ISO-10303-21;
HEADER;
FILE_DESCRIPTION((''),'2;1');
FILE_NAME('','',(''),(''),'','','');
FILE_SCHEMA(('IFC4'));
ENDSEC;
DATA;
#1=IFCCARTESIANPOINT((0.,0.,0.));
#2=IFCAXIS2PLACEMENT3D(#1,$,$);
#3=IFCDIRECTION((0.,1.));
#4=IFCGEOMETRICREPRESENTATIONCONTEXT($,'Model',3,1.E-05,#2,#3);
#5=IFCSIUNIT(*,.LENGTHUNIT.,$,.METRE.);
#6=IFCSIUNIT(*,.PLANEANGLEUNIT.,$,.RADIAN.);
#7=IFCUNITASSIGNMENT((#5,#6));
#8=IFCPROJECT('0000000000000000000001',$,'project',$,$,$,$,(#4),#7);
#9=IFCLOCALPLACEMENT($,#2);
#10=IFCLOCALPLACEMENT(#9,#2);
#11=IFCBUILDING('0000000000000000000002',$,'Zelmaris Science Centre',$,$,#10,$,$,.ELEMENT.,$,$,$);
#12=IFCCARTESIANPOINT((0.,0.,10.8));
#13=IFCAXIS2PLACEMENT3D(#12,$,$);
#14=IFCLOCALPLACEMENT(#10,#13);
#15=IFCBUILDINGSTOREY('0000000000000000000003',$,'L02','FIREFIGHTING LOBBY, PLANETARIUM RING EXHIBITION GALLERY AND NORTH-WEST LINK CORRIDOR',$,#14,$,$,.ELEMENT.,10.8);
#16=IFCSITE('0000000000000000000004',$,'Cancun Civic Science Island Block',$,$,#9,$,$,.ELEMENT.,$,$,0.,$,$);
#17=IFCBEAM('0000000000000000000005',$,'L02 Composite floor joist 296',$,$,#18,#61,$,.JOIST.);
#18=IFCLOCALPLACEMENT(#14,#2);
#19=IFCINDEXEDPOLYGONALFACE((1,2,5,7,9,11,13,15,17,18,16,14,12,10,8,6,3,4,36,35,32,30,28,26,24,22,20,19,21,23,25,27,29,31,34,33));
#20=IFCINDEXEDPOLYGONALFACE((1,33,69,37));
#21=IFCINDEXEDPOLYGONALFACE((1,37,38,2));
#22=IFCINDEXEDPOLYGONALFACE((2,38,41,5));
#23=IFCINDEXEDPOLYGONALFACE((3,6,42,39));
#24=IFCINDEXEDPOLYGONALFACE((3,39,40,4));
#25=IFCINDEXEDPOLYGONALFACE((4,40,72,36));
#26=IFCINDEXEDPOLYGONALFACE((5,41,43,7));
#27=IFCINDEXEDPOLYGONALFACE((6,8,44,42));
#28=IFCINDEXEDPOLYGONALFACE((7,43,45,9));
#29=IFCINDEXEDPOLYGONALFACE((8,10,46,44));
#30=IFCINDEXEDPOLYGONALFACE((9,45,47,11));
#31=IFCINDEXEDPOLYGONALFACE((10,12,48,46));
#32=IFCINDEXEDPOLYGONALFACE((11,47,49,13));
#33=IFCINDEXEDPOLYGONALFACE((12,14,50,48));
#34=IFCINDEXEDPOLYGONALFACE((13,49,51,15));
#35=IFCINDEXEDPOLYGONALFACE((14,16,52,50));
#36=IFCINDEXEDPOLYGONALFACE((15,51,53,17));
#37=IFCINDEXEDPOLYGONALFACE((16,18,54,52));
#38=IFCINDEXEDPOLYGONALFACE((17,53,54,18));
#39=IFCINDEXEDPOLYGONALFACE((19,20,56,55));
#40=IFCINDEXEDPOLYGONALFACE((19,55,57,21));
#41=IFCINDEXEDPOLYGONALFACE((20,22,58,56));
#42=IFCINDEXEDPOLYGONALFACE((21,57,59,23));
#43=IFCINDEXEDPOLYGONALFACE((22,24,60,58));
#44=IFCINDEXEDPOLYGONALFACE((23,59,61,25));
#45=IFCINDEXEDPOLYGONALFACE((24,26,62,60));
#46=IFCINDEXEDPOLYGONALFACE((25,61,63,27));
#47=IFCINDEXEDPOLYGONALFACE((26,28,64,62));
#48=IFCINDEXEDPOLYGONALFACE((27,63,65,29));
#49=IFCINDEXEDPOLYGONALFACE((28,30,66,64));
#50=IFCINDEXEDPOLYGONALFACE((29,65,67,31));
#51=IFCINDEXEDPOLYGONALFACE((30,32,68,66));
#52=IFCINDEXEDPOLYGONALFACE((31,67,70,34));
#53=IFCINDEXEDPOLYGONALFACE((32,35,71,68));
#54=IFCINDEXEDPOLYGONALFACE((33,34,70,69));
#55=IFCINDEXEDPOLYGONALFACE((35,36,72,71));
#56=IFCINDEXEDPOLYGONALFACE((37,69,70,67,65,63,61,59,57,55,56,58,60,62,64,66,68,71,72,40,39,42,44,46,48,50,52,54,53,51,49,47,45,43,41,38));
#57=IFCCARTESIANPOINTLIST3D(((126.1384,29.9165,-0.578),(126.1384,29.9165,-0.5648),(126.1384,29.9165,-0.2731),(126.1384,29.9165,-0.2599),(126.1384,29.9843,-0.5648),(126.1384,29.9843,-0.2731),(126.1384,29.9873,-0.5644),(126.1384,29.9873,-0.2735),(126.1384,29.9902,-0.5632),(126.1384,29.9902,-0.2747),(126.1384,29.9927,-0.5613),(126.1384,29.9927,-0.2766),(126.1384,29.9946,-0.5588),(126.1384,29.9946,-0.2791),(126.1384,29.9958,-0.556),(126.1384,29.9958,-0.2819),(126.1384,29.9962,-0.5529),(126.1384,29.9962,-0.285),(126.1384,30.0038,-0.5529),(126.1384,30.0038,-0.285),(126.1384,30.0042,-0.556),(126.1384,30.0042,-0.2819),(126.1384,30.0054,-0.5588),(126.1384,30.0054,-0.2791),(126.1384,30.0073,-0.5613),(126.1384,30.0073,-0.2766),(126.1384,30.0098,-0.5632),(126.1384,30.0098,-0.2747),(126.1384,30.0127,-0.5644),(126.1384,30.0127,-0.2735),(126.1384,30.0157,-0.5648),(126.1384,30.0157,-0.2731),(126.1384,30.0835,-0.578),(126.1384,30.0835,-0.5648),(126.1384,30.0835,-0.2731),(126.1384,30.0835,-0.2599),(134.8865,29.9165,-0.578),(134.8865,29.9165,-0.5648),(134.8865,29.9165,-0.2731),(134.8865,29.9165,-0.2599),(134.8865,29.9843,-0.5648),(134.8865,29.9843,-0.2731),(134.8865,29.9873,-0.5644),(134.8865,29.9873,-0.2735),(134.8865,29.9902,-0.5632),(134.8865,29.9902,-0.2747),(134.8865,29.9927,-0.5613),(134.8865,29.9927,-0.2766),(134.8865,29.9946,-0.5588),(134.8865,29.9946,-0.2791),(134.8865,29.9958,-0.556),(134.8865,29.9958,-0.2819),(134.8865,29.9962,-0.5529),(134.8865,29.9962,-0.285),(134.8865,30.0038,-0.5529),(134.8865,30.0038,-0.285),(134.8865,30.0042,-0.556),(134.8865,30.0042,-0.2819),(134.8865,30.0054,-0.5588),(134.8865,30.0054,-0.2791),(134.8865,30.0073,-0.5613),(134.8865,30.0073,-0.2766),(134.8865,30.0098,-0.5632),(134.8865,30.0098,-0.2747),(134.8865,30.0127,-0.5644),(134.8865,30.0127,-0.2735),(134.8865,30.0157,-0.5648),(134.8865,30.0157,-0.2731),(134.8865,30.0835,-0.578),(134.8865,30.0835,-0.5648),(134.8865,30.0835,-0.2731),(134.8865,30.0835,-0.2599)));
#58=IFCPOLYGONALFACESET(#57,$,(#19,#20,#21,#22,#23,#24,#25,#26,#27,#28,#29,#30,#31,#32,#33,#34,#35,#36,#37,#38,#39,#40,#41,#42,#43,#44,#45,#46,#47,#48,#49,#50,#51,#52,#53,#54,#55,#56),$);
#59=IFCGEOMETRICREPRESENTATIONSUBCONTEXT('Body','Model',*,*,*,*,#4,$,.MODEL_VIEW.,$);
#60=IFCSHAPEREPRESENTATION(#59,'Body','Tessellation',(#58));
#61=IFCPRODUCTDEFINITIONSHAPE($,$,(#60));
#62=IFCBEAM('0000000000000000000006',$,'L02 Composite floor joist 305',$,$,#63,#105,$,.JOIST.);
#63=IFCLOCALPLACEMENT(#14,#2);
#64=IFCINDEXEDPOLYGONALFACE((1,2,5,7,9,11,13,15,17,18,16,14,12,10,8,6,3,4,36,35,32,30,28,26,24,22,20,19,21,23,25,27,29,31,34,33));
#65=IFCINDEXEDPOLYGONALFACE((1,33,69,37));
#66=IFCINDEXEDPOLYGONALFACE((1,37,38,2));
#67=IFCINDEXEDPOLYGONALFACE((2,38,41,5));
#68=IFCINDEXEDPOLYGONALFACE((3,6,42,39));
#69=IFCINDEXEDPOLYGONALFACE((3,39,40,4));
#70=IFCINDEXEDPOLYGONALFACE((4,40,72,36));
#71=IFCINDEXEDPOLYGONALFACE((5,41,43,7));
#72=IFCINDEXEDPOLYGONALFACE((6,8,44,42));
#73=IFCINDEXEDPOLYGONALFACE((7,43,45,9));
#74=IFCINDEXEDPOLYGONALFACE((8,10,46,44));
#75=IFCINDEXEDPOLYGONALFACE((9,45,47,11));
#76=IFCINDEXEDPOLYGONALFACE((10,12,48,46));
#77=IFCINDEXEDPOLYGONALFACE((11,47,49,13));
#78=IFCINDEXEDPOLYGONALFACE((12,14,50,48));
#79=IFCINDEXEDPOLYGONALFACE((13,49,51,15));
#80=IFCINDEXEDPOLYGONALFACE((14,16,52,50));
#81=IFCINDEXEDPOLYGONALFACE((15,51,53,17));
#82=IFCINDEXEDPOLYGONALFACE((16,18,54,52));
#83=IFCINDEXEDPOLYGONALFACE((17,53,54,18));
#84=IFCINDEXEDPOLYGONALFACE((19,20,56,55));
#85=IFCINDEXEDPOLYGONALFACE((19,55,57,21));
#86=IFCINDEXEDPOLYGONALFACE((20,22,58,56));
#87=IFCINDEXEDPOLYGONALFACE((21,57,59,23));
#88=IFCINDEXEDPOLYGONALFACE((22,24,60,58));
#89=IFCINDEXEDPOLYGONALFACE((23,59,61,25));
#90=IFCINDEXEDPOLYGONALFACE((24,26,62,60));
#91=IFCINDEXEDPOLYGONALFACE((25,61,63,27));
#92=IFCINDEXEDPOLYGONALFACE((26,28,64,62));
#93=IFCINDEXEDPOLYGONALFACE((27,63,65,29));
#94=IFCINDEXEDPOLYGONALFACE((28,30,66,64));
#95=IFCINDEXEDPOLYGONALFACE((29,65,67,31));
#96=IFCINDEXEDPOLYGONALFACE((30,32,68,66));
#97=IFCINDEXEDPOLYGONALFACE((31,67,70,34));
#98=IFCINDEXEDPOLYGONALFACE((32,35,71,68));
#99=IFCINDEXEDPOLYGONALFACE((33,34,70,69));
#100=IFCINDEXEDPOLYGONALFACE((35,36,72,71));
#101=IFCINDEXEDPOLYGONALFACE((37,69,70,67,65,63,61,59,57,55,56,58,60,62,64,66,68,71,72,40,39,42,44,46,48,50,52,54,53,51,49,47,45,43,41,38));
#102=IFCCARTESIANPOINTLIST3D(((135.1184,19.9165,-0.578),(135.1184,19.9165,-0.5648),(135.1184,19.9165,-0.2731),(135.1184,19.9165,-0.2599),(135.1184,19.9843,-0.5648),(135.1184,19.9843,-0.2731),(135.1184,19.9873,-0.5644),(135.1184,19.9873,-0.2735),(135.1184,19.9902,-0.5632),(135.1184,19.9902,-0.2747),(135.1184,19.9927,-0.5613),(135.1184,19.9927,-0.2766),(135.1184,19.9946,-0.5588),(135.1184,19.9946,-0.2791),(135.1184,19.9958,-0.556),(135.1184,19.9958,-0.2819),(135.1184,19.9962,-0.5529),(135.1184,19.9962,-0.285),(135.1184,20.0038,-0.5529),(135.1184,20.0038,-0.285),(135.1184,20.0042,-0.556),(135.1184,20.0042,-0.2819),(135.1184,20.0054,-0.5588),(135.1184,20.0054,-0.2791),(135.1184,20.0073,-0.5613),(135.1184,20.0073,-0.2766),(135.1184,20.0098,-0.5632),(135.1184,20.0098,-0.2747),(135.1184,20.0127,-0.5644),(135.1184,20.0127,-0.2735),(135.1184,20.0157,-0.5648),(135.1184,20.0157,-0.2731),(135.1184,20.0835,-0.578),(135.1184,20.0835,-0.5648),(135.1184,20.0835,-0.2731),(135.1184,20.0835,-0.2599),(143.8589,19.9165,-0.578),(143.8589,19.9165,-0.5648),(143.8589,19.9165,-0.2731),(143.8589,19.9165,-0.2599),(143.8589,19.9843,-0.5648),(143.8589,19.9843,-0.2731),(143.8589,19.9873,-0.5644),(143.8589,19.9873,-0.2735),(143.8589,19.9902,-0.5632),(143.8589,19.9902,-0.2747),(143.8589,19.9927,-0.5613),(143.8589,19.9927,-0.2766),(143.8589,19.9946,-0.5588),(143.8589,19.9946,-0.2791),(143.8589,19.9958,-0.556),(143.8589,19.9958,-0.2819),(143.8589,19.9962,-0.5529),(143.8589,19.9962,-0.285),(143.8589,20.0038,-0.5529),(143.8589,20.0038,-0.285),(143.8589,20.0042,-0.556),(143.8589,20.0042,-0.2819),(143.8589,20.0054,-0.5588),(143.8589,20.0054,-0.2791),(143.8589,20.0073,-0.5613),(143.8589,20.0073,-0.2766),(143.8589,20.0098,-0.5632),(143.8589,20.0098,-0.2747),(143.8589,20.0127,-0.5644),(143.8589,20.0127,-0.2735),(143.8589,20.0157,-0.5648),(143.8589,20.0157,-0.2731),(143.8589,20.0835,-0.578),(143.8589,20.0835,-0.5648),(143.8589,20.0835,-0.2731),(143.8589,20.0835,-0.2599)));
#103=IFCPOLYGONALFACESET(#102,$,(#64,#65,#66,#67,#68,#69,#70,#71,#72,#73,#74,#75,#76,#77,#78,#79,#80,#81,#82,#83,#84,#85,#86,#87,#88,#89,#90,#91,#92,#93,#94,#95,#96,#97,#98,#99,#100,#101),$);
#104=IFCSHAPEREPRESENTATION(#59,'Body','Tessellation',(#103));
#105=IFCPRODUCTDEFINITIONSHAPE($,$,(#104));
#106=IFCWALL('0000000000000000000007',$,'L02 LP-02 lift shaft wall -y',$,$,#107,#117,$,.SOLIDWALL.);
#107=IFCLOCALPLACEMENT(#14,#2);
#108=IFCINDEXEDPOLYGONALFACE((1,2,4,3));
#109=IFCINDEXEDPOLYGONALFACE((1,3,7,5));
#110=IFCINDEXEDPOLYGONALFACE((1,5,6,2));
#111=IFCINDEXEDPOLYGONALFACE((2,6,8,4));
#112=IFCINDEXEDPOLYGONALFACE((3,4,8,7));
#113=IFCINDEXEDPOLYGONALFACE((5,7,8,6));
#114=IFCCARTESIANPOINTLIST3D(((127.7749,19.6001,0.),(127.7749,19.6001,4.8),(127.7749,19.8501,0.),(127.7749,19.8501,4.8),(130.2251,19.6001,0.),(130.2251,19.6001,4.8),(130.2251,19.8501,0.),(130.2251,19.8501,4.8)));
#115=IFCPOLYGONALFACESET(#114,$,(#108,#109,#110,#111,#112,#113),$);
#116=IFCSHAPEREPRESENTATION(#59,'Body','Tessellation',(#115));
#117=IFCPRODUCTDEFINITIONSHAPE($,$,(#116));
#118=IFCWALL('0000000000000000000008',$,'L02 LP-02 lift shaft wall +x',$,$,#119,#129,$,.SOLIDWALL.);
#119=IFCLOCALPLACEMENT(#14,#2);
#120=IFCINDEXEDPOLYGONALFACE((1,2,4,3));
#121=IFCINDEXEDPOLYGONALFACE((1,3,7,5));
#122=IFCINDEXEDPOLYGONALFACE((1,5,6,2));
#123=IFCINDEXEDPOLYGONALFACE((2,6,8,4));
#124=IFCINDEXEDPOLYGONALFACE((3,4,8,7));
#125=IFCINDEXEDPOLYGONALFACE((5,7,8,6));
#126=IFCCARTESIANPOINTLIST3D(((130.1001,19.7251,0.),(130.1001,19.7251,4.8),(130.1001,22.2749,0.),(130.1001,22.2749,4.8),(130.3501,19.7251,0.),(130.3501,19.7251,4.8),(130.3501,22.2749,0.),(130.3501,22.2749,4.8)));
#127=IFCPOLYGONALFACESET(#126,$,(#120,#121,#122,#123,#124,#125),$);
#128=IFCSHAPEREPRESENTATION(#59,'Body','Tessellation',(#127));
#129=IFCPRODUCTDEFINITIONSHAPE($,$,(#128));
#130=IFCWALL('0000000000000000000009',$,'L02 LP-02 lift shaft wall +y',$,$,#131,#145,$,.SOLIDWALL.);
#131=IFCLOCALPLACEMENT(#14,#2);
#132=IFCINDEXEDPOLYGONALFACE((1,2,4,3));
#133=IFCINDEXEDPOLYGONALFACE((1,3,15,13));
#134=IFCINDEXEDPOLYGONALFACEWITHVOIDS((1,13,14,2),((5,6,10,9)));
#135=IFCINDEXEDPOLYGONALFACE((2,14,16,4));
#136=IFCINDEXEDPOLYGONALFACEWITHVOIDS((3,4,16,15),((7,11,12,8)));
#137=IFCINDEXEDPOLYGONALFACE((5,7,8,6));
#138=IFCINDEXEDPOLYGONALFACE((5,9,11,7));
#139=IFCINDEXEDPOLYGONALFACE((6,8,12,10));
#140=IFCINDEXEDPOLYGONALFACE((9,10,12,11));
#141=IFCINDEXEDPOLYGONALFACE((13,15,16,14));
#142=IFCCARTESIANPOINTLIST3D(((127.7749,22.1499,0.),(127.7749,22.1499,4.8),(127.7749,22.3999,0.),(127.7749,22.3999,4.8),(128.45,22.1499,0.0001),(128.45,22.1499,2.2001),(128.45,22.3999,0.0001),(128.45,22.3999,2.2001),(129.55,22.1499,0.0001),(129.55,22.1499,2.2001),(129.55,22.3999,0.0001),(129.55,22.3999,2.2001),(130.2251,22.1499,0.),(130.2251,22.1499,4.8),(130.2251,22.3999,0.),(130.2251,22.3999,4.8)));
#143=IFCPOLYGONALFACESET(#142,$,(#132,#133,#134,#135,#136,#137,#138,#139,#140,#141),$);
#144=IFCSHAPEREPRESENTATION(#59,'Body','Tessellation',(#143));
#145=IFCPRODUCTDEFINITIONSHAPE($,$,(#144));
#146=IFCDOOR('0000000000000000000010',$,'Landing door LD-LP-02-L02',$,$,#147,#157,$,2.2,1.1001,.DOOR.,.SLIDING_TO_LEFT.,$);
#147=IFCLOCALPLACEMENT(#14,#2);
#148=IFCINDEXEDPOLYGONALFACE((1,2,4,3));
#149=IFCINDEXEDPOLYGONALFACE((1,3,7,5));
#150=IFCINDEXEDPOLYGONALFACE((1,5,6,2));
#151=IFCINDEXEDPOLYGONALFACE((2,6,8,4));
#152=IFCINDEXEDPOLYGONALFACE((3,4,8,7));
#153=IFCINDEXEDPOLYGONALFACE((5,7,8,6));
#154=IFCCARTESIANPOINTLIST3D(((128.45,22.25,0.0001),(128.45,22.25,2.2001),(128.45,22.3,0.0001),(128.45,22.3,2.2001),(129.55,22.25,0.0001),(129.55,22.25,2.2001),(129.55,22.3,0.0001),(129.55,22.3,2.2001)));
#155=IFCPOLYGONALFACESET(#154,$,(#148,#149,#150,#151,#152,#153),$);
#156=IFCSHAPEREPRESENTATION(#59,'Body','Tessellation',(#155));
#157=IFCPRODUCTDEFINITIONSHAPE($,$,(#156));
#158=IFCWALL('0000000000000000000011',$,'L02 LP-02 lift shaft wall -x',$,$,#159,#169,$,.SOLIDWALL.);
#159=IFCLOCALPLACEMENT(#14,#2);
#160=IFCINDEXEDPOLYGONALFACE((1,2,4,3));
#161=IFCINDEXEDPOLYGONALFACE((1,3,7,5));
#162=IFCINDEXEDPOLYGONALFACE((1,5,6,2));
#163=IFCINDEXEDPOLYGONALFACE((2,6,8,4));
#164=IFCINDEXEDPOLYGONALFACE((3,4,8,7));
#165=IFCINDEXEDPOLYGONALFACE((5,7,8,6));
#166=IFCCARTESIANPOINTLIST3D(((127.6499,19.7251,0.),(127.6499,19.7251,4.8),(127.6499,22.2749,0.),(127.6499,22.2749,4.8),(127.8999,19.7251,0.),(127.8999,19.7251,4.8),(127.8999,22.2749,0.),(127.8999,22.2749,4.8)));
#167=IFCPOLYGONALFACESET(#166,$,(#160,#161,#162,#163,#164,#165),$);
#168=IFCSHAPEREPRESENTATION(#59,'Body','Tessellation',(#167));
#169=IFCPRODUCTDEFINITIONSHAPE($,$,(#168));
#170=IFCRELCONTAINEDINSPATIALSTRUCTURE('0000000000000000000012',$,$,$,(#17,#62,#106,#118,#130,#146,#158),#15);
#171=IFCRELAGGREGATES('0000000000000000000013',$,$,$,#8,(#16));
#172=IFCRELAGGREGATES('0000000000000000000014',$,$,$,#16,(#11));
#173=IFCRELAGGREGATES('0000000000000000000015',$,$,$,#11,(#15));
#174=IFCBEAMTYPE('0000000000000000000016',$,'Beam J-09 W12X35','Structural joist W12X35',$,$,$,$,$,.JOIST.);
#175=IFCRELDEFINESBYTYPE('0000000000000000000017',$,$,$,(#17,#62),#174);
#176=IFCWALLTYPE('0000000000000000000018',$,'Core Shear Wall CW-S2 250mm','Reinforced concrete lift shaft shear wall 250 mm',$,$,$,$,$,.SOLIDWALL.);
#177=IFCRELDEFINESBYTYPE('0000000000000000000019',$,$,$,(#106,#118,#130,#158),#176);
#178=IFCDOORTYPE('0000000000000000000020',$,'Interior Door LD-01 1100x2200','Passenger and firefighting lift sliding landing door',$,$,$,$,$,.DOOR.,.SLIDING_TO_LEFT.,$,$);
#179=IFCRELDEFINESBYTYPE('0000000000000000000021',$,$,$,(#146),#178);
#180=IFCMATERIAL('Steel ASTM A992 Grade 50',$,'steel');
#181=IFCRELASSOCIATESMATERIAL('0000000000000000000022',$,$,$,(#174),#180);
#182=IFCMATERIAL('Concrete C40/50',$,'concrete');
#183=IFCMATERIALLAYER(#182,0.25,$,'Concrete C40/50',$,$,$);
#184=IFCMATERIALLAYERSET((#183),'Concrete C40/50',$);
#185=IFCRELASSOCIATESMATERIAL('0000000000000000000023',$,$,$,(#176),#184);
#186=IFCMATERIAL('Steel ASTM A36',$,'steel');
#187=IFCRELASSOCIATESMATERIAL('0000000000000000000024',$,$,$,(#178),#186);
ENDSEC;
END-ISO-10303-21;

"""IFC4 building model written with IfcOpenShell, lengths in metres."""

from ifc_helpers import new_model, si_unit, direction, frame, frame_2d, origin, origin_2d, place, context, subcontext, project, spatial, rectangle, i_section, extrude, material, layer, layer_set, material_profile, profile_set, type_object, element, fill, save


model = new_model("IFC4")

# Units and contexts
model_context = context("Model", 3, precision=1e-05, world=origin(), true_north=direction((0.0, 1.0)))
body_context = subcontext(model_context, "Body", "Model", "MODEL_VIEW")
ifc_project = project(units=[si_unit("LENGTHUNIT", "METRE"), si_unit("PLANEANGLEUNIT", "RADIAN")], contexts=[model_context])

# Site, building, storey
site_placement = place(None, origin())
site = spatial("IfcSite", under=ifc_project, at=site_placement, Name="Cancun Civic Science Island Block", CompositionType="ELEMENT", RefElevation=0.0)
building_placement = place(site_placement, origin())
building = spatial("IfcBuilding", under=site, at=building_placement, Name="Zelmaris Science Centre", CompositionType="ELEMENT")
storey_placement = place(building_placement, frame((0.0, 0.0, 10.8)))
storey = spatial("IfcBuildingStorey", under=building, at=storey_placement, Name="L02", Description="FIREFIGHTING LOBBY, PLANETARIUM RING EXHIBITION GALLERY AND NORTH-WEST LINK CORRIDOR", CompositionType="ELEMENT", Elevation=10.8)

# Shared definitions
ifc_material_1 = material(Name="Steel ASTM A992 Grade 50", Category="steel")

# Beams
ifc_material_profile_1 = material_profile(ifc_material_1, i_section(OverallWidth=0.167, OverallDepth=0.3181, WebThickness=0.0076, FlangeThickness=0.0132, FilletRadius=0.012, at=origin_2d()), Name="W12X35")
ifc_profile_set_1 = profile_set([ifc_material_profile_1], Name="Steel ASTM A992 Grade 50")
beam_type_1 = type_object("IfcBeamType", Name="Beam J-09 W12X35", Description="Structural joist W12X35", PredefinedType="JOIST", material=ifc_profile_set_1)
beam_1_placement = place(storey_placement, frame((126.1384, 30.0, -0.4189), z_axis=(1.0, 0.0, 0.0), x_axis=(0.0, 1.0, 0.0)))
element("IfcBeam", 1, at=beam_1_placement, inside=storey, type_object=beam_type_1, Name="L02 Composite floor joist 296", PredefinedType="JOIST", context=body_context, shape_type="SweptSolid", body=[
    extrude(i_section(OverallWidth=0.167, OverallDepth=0.3181, WebThickness=0.0076, FlangeThickness=0.0132, FilletRadius=0.012, at=origin_2d()), origin(), (0.0, 0.0, 1.0), 8.748),
])
beam_2_placement = place(storey_placement, frame((135.1184, 20.0, -0.4189), z_axis=(1.0, 0.0, 0.0), x_axis=(0.0, 1.0, 0.0)))
element("IfcBeam", 2, at=beam_2_placement, inside=storey, type_object=beam_type_1, Name="L02 Composite floor joist 305", PredefinedType="JOIST", context=body_context, shape_type="SweptSolid", body=[
    extrude(i_section(OverallWidth=0.167, OverallDepth=0.3181, WebThickness=0.0076, FlangeThickness=0.0132, FilletRadius=0.012, at=origin_2d()), origin(), (0.0, 0.0, 1.0), 8.7405),
])

# Walls
ifc_material_2 = material(Name="Concrete C40/50", Category="concrete")
ifc_layer = layer(ifc_material_2, 0.25, Name="Concrete C40/50")
ifc_layer_set = layer_set([ifc_layer], Name="Concrete C40/50")
wall_type = type_object("IfcWallType", Name="Core Shear Wall CW-S2 250mm", Description="Reinforced concrete lift shaft shear wall 250 mm", PredefinedType="SOLIDWALL", material=ifc_layer_set)
wall_1_placement = place(storey_placement, frame((127.7749, 19.7251, 0.0), z_axis=(0.0, 0.0, 1.0), x_axis=(1.0, 0.0, 0.0)))
element("IfcWall", 3, at=wall_1_placement, inside=storey, type_object=wall_type, Name="L02 LP-02 lift shaft wall -y", PredefinedType="SOLIDWALL", context=body_context, shape_type="SweptSolid", body=[
    extrude(rectangle(XDim=2.4502, YDim=0.25, at=frame_2d((1.2251, 0.0))), origin(), (0.0, 0.0, 1.0), 4.8),
])
wall_2_placement = place(storey_placement, frame((130.2251, 19.7251, 0.0), z_axis=(0.0, 0.0, 1.0), x_axis=(0.0, 1.0, 0.0)))
element("IfcWall", 4, at=wall_2_placement, inside=storey, type_object=wall_type, Name="L02 LP-02 lift shaft wall +x", PredefinedType="SOLIDWALL", context=body_context, shape_type="SweptSolid", body=[
    extrude(rectangle(XDim=2.5498, YDim=0.25, at=frame_2d((1.2749, 0.0))), origin(), (0.0, 0.0, 1.0), 4.8),
])

# Wall, opening, door
wall_3_placement = place(storey_placement, frame((130.2251, 22.2749, 0.0), z_axis=(0.0, 0.0, 1.0), x_axis=(-1.0, 0.0, 0.0)))
wall_3 = element("IfcWall", 5, at=wall_3_placement, inside=storey, type_object=wall_type, Name="L02 LP-02 lift shaft wall +y", PredefinedType="SOLIDWALL", context=body_context, shape_type="SweptSolid", body=[
    extrude(rectangle(XDim=2.4502, YDim=0.25, at=frame_2d((1.2251, 0.0))), origin(), (0.0, 0.0, 1.0), 4.8),
])
opening_1_placement = place(wall_3_placement, frame((0.675, 0.0, 0.0)))
opening_1 = element("IfcOpeningElement", 6, at=opening_1_placement, cuts=wall_3, PredefinedType="OPENING", context=body_context, shape_type="SweptSolid", body=[
    extrude(rectangle(XDim=1.1001, YDim=2.2, at=frame_2d((0.55, 1.1001))), frame((0.0, 0.135, 0.0), z_axis=(0.0, -1.0, 0.0), x_axis=(1.0, 0.0, 0.0)), (0.0, 0.0, 1.0), 0.27),
])
ifc_material_3 = material(Name="Steel ASTM A36", Category="steel")
door_type_1 = type_object("IfcDoorType", Name="Interior Door LD-01 1100x2200", Description="Passenger and firefighting lift sliding landing door", OperationType="SLIDING_TO_LEFT", PredefinedType="DOOR", material=ifc_material_3)
door_1_placement = place(opening_1_placement, origin())
door_1 = element("IfcDoor", 7, at=door_1_placement, inside=storey, type_object=door_type_1, Name="Landing door LD-LP-02-L02", OperationType="SLIDING_TO_LEFT", OverallHeight=2.2, OverallWidth=1.1001, PredefinedType="DOOR", context=body_context, shape_type="SweptSolid", body=[
    extrude(rectangle(XDim=1.1001, YDim=2.2, at=frame_2d((0.55, 1.1001))), frame((0.0, 0.0249, 0.0), z_axis=(0.0, -1.0, 0.0), x_axis=(1.0, 0.0, 0.0)), (0.0, 0.0, 1.0), 0.05),
])
fill(opening_1, door_1)

# Wall
wall_4_placement = place(storey_placement, frame((127.7749, 22.2749, 0.0), z_axis=(0.0, 0.0, 1.0), x_axis=(0.0, -1.0, 0.0)))
element("IfcWall", 8, at=wall_4_placement, inside=storey, type_object=wall_type, Name="L02 LP-02 lift shaft wall -x", PredefinedType="SOLIDWALL", context=body_context, shape_type="SweptSolid", body=[
    extrude(rectangle(XDim=2.5498, YDim=0.25, at=frame_2d((1.2749, 0.0))), origin(), (0.0, 0.0, 1.0), 4.8),
])

save(model, "model.ifc")
